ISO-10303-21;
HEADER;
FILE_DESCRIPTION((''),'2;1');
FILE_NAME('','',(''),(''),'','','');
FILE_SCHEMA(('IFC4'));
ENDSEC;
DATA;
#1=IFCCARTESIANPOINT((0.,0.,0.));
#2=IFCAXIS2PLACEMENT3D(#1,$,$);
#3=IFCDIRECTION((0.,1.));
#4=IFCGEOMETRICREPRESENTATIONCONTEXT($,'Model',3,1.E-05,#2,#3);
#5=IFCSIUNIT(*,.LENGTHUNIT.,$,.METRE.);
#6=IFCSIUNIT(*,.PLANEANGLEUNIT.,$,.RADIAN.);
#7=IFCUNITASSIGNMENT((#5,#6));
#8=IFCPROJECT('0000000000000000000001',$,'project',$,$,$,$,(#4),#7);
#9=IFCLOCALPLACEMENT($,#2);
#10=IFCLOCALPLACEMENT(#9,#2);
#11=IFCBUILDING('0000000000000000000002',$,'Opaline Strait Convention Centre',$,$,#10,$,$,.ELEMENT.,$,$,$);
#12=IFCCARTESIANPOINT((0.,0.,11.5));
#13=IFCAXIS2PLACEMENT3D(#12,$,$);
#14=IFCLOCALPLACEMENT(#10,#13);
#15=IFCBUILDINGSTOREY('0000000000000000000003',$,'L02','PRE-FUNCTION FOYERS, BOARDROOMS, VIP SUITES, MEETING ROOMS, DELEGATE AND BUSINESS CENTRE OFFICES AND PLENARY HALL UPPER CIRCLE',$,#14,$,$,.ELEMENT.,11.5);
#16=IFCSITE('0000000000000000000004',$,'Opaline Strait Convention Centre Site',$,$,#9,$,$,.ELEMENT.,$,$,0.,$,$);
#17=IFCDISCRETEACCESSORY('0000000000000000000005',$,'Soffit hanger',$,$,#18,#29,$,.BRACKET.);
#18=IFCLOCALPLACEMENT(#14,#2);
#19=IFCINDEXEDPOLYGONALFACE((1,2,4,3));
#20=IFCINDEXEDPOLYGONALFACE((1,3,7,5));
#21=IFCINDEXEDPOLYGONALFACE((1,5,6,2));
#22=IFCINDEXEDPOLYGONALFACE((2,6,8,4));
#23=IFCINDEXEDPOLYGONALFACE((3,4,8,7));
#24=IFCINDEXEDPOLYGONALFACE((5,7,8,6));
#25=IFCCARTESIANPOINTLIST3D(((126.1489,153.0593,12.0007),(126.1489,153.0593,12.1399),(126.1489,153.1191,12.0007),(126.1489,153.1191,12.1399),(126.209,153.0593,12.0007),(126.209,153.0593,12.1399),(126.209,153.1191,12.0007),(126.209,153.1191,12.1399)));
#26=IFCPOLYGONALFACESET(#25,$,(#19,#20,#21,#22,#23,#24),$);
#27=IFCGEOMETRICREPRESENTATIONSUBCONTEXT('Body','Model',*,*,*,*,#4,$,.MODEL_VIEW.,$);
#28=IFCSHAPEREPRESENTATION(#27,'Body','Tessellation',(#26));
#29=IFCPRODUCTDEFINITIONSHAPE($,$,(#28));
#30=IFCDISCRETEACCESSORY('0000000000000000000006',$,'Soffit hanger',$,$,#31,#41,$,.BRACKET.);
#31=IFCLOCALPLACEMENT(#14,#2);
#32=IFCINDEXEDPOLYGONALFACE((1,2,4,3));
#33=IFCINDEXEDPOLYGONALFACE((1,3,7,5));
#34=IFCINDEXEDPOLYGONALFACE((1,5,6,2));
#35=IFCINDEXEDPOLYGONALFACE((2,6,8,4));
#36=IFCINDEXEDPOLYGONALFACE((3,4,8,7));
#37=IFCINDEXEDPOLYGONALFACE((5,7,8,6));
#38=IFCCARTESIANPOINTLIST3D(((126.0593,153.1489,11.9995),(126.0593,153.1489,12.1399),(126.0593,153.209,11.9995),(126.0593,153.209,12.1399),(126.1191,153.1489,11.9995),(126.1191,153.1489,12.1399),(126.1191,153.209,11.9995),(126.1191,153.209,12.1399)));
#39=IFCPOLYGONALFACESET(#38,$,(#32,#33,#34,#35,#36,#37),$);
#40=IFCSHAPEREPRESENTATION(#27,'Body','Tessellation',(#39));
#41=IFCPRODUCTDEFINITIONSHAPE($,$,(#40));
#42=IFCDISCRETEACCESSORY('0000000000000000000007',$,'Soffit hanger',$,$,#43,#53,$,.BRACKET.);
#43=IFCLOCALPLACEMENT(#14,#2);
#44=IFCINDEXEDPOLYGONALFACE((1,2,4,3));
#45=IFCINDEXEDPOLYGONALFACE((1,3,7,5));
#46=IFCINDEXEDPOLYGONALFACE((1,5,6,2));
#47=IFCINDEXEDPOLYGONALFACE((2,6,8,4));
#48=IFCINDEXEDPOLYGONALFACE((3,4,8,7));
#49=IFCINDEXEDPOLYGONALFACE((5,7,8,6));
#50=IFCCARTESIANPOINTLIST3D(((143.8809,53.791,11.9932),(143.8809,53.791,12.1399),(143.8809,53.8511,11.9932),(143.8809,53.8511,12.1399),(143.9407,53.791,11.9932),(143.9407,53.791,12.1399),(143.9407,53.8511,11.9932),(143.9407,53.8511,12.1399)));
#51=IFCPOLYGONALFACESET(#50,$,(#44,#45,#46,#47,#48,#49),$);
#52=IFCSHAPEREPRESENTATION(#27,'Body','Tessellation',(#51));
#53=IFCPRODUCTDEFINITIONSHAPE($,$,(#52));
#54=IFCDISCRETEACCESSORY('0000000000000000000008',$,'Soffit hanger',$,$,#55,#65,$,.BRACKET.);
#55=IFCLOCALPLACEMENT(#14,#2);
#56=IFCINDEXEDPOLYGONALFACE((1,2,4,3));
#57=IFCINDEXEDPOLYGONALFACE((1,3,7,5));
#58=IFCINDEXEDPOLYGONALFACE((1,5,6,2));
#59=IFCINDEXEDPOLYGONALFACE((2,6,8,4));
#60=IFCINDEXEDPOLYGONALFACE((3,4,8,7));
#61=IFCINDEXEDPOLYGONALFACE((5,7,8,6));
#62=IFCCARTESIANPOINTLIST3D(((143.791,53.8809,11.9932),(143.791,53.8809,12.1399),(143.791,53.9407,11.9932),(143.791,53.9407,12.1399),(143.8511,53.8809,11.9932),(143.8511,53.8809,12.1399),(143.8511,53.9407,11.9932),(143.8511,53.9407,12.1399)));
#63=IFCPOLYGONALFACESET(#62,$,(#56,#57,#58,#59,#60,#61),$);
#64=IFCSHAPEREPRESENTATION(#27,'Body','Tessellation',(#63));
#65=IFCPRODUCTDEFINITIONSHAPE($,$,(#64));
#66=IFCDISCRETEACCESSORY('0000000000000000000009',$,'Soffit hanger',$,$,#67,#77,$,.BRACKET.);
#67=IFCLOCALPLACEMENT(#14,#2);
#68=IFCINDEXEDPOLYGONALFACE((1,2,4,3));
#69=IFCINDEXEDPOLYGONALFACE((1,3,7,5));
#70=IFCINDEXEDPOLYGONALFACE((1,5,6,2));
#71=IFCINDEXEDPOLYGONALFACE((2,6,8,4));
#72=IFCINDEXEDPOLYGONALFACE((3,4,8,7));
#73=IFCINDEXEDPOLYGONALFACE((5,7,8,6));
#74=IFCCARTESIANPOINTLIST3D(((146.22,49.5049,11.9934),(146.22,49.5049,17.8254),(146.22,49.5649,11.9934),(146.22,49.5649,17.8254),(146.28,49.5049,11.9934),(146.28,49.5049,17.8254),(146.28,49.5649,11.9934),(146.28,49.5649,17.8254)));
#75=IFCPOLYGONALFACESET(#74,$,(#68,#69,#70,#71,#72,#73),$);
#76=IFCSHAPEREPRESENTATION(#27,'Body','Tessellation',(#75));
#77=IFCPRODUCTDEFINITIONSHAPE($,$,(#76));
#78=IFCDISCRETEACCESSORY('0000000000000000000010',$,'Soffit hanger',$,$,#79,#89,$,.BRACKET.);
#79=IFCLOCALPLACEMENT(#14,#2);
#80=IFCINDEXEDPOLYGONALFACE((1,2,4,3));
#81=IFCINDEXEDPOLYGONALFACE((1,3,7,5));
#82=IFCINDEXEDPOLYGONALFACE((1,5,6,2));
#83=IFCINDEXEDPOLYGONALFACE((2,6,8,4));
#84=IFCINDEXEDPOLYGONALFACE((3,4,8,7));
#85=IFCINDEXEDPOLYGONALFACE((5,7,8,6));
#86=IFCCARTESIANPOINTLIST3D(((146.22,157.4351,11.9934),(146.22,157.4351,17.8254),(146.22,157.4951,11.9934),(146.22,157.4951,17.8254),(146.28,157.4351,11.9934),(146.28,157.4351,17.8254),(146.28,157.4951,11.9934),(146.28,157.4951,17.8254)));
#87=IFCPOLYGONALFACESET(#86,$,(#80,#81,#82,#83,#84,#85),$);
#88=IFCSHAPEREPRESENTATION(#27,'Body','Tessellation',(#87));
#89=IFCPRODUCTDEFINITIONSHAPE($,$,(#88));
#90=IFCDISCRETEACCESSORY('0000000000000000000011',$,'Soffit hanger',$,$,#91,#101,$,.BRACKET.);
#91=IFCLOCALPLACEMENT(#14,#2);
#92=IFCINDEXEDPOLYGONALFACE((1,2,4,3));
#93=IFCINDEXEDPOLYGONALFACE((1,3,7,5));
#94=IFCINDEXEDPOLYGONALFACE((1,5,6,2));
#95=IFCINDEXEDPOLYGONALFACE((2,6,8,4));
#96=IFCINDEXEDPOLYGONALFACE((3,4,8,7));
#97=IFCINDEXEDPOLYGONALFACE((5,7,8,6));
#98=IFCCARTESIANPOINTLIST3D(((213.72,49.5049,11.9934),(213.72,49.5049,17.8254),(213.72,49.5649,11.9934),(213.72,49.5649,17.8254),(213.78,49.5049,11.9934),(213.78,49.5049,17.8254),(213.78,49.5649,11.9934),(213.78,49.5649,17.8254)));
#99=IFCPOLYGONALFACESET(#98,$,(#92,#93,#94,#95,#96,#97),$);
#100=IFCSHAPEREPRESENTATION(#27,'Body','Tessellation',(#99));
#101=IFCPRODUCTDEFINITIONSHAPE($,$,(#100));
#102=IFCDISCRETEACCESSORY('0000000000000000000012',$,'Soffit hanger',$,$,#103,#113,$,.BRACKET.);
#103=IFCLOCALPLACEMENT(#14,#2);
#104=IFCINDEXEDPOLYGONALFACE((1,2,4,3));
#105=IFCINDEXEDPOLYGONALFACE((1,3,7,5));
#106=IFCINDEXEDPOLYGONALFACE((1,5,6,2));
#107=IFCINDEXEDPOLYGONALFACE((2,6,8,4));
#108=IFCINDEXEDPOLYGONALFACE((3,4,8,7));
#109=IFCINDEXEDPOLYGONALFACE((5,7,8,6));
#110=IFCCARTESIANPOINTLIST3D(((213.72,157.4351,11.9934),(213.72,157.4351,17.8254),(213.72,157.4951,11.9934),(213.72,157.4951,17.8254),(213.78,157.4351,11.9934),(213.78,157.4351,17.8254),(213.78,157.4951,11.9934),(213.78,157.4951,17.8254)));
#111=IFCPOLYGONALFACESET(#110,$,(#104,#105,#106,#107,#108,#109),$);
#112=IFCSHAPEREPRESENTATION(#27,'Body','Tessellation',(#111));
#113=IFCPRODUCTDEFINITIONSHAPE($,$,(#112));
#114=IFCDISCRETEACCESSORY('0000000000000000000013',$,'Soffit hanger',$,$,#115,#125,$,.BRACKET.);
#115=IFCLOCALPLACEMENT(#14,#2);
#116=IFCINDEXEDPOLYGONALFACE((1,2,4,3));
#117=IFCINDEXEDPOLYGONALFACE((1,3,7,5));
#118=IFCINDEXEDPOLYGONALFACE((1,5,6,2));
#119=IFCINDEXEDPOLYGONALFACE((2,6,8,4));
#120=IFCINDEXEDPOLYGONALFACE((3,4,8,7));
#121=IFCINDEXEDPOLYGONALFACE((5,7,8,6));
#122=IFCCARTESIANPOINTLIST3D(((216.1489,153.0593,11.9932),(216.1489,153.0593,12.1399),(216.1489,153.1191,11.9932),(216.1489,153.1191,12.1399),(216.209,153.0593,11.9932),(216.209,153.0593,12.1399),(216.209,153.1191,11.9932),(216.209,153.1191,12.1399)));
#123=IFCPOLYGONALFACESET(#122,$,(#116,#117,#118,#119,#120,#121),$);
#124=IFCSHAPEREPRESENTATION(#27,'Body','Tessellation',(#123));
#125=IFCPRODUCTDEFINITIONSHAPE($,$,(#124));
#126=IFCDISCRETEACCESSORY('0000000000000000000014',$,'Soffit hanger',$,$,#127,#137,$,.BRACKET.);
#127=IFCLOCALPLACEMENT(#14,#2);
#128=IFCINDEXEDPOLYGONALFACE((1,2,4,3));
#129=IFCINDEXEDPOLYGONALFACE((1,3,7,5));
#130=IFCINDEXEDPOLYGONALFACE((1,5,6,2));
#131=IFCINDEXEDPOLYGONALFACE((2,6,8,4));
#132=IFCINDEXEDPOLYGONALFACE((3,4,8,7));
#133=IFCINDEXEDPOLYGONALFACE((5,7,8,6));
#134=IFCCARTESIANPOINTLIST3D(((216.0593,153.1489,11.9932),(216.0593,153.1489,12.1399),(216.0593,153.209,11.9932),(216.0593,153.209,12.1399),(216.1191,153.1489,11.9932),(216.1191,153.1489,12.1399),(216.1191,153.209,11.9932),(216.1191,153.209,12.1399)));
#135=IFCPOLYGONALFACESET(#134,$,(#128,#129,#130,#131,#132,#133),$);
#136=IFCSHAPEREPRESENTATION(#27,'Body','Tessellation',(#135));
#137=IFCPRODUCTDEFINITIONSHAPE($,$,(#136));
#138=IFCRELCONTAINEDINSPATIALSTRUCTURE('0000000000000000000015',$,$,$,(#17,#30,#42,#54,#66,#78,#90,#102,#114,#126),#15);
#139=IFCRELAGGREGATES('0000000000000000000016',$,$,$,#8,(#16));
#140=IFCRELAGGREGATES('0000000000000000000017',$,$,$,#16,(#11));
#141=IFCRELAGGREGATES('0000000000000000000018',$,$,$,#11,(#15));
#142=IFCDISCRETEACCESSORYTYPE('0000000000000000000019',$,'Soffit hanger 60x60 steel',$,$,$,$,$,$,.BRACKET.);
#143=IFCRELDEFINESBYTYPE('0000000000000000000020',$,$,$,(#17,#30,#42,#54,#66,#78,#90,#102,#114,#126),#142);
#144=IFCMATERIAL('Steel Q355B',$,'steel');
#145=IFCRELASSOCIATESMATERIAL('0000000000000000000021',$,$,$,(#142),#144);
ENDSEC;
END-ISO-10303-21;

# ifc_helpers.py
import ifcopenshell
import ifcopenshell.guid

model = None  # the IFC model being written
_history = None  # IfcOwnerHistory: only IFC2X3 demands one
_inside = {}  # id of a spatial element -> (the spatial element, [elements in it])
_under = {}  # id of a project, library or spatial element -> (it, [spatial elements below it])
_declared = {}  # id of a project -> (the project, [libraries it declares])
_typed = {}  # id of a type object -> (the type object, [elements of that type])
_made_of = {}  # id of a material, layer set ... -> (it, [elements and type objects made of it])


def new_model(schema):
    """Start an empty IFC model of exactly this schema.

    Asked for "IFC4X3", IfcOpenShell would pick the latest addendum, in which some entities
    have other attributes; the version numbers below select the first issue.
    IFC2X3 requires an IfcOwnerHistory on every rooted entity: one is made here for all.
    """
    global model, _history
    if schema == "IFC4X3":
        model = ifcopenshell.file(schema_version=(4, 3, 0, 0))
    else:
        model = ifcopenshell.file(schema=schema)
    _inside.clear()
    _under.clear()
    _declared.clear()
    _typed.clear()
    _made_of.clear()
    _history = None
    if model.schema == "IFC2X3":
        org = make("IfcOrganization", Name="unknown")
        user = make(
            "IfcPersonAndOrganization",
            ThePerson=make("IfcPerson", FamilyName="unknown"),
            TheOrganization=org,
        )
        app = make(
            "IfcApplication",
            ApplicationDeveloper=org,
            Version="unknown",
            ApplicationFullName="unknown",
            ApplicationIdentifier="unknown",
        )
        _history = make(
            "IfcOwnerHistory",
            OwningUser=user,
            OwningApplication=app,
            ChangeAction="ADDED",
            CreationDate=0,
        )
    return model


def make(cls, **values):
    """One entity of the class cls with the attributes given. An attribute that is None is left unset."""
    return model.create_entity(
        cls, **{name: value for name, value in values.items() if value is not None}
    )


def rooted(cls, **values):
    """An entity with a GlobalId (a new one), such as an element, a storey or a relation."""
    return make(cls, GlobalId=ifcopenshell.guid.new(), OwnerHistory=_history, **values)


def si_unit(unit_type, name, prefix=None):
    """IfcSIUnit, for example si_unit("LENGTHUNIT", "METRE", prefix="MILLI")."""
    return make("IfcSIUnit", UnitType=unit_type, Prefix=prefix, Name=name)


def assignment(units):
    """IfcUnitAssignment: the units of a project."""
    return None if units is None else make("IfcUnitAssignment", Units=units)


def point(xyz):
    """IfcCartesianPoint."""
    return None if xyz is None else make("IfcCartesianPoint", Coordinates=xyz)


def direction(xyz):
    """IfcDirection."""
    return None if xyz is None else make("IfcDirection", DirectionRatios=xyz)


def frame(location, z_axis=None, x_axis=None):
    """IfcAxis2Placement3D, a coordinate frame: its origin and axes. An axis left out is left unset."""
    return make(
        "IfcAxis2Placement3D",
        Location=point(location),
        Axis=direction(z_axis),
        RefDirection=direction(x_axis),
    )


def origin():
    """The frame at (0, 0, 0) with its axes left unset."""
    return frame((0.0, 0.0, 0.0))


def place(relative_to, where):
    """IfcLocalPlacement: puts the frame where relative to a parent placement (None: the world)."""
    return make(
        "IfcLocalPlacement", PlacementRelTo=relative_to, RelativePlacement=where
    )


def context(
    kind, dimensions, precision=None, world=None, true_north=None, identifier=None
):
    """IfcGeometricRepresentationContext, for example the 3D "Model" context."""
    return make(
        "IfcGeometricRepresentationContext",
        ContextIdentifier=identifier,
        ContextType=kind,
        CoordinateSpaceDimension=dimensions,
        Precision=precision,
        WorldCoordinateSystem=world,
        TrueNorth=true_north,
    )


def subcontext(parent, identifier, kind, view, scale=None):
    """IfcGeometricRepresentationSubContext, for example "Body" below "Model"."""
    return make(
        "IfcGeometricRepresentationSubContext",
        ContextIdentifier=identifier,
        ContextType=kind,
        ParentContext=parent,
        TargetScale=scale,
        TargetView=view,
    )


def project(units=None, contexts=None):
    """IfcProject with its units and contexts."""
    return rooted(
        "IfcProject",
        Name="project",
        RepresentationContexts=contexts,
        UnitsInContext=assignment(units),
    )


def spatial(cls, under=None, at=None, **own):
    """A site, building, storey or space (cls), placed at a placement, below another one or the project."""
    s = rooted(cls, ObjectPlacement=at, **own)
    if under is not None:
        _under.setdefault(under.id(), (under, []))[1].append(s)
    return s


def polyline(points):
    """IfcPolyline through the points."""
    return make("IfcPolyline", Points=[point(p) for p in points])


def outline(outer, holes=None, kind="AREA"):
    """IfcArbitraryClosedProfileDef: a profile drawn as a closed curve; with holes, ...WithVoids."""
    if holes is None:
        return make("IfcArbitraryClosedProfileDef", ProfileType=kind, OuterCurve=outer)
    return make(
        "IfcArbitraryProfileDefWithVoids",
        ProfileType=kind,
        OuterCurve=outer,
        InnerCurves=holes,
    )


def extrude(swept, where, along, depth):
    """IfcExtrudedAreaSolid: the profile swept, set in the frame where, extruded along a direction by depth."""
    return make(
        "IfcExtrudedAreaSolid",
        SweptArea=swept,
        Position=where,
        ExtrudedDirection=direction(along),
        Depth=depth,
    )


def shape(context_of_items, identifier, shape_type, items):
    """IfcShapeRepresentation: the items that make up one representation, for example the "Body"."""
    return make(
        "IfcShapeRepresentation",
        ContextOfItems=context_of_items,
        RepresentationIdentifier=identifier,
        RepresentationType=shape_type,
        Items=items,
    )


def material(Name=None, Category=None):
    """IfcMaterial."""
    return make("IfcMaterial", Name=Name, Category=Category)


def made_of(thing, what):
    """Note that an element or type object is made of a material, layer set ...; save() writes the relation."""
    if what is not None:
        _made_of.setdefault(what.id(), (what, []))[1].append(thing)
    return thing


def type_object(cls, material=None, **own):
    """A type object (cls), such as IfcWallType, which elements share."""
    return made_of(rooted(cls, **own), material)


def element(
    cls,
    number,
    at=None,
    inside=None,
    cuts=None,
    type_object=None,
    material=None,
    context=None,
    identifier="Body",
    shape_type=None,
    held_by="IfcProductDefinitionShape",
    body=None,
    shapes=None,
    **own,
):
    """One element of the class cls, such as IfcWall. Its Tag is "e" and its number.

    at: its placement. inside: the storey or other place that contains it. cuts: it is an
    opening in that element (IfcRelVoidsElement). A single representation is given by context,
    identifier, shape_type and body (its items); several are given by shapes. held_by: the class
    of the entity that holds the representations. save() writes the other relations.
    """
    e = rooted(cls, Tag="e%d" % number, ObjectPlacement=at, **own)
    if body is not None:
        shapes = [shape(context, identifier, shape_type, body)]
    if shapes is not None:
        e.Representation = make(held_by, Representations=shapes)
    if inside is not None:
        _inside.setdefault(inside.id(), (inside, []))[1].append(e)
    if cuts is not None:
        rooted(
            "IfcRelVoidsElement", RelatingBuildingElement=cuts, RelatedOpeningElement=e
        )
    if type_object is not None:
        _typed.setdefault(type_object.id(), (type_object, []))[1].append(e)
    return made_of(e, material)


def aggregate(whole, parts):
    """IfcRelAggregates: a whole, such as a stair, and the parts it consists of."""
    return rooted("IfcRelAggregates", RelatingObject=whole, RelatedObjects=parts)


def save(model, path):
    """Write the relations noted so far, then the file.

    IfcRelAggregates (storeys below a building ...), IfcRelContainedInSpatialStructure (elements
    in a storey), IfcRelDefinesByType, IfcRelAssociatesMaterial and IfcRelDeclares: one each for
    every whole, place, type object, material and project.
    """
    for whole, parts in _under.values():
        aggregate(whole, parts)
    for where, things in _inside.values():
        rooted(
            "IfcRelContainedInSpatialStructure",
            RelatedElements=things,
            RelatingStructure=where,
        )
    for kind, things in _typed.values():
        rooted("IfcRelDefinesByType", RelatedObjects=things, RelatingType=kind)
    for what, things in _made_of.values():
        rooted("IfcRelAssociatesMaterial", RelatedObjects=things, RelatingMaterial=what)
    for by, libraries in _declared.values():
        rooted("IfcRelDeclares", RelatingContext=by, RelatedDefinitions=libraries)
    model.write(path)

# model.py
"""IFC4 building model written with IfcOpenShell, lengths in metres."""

from ifc_helpers import new_model, si_unit, direction, frame, origin, place, context, subcontext, project, spatial, polyline, outline, extrude, material, type_object, element, save


model = new_model("IFC4")

# Units and contexts
model_context = context("Model", 3, precision=1e-05, world=origin(), true_north=direction((0.0, 1.0)))
body_context = subcontext(model_context, "Body", "Model", "MODEL_VIEW")
ifc_project = project(units=[si_unit("LENGTHUNIT", "METRE"), si_unit("PLANEANGLEUNIT", "RADIAN")], contexts=[model_context])

# Site, building, storey
site_placement = place(None, origin())
site = spatial("IfcSite", under=ifc_project, at=site_placement, Name="Opaline Strait Convention Centre Site", CompositionType="ELEMENT", RefElevation=0.0)
building_placement = place(site_placement, origin())
building = spatial("IfcBuilding", under=site, at=building_placement, Name="Opaline Strait Convention Centre", CompositionType="ELEMENT")
storey_placement = place(building_placement, frame((0.0, 0.0, 11.5)))
storey = spatial("IfcBuildingStorey", under=building, at=storey_placement, Name="L02", Description="PRE-FUNCTION FOYERS, BOARDROOMS, VIP SUITES, MEETING ROOMS, DELEGATE AND BUSINESS CENTRE OFFICES AND PLENARY HALL UPPER CIRCLE", CompositionType="ELEMENT", Elevation=11.5)

# Discrete accessories
ifc_material = material(Name="Steel Q355B", Category="steel")
discrete_accessory_type = type_object("IfcDiscreteAccessoryType", Name="Soffit hanger 60x60 steel", PredefinedType="BRACKET", material=ifc_material)
discrete_accessory_1_placement = place(storey_placement, frame((0.0, 0.0, 12.0007)))
element("IfcDiscreteAccessory", 1, at=discrete_accessory_1_placement, inside=storey, type_object=discrete_accessory_type, Name="Soffit hanger", PredefinedType="BRACKET", context=body_context, shape_type="SweptSolid", body=[
    extrude(outline(polyline([(126.1489, 153.0593), (126.209, 153.0593), (126.209, 153.1191), (126.1489, 153.1191), (126.1489, 153.0593)])), origin(), (0.0, 0.0, 1.0), 0.1392),
])
discrete_accessory_2_placement = place(storey_placement, frame((0.0, 0.0, 11.9995)))
element("IfcDiscreteAccessory", 2, at=discrete_accessory_2_placement, inside=storey, type_object=discrete_accessory_type, Name="Soffit hanger", PredefinedType="BRACKET", context=body_context, shape_type="SweptSolid", body=[
    extrude(outline(polyline([(126.0593, 153.1489), (126.1191, 153.1489), (126.1191, 153.209), (126.0593, 153.209), (126.0593, 153.1489)])), origin(), (0.0, 0.0, 1.0), 0.1404),
])
discrete_accessory_3_placement = place(storey_placement, frame((0.0, 0.0, 11.9932)))
element("IfcDiscreteAccessory", 3, at=discrete_accessory_3_placement, inside=storey, type_object=discrete_accessory_type, Name="Soffit hanger", PredefinedType="BRACKET", context=body_context, shape_type="SweptSolid", body=[
    extrude(outline(polyline([(143.8809, 53.791), (143.9407, 53.791), (143.9407, 53.8511), (143.8809, 53.8511), (143.8809, 53.791)])), origin(), (0.0, 0.0, 1.0), 0.1467),
])
discrete_accessory_4_placement = place(storey_placement, frame((0.0, 0.0, 11.9932)))
element("IfcDiscreteAccessory", 4, at=discrete_accessory_4_placement, inside=storey, type_object=discrete_accessory_type, Name="Soffit hanger", PredefinedType="BRACKET", context=body_context, shape_type="SweptSolid", body=[
    extrude(outline(polyline([(143.791, 53.8809), (143.8511, 53.8809), (143.8511, 53.9407), (143.791, 53.9407), (143.791, 53.8809)])), origin(), (0.0, 0.0, 1.0), 0.1467),
])
discrete_accessory_5_placement = place(storey_placement, frame((0.0, 0.0, 11.9934)))
element("IfcDiscreteAccessory", 5, at=discrete_accessory_5_placement, inside=storey, type_object=discrete_accessory_type, Name="Soffit hanger", PredefinedType="BRACKET", context=body_context, shape_type="SweptSolid", body=[
    extrude(outline(polyline([(146.22, 49.5049), (146.28, 49.5049), (146.28, 49.5649), (146.22, 49.5649), (146.22, 49.5049)])), origin(), (0.0, 0.0, 1.0), 5.832),
])
discrete_accessory_6_placement = place(storey_placement, frame((0.0, 0.0, 11.9934)))
element("IfcDiscreteAccessory", 6, at=discrete_accessory_6_placement, inside=storey, type_object=discrete_accessory_type, Name="Soffit hanger", PredefinedType="BRACKET", context=body_context, shape_type="SweptSolid", body=[
    extrude(outline(polyline([(146.22, 157.4351), (146.28, 157.4351), (146.28, 157.4951), (146.22, 157.4951), (146.22, 157.4351)])), origin(), (0.0, 0.0, 1.0), 5.832),
])
discrete_accessory_7_placement = place(storey_placement, frame((0.0, 0.0, 11.9934)))
element("IfcDiscreteAccessory", 7, at=discrete_accessory_7_placement, inside=storey, type_object=discrete_accessory_type, Name="Soffit hanger", PredefinedType="BRACKET", context=body_context, shape_type="SweptSolid", body=[
    extrude(outline(polyline([(213.72, 49.5049), (213.78, 49.5049), (213.78, 49.5649), (213.72, 49.5649), (213.72, 49.5049)])), origin(), (0.0, 0.0, 1.0), 5.832),
])
discrete_accessory_8_placement = place(storey_placement, frame((0.0, 0.0, 11.9934)))
element("IfcDiscreteAccessory", 8, at=discrete_accessory_8_placement, inside=storey, type_object=discrete_accessory_type, Name="Soffit hanger", PredefinedType="BRACKET", context=body_context, shape_type="SweptSolid", body=[
    extrude(outline(polyline([(213.72, 157.4351), (213.78, 157.4351), (213.78, 157.4951), (213.72, 157.4951), (213.72, 157.4351)])), origin(), (0.0, 0.0, 1.0), 5.832),
])
discrete_accessory_9_placement = place(storey_placement, frame((0.0, 0.0, 11.9932)))
element("IfcDiscreteAccessory", 9, at=discrete_accessory_9_placement, inside=storey, type_object=discrete_accessory_type, Name="Soffit hanger", PredefinedType="BRACKET", context=body_context, shape_type="SweptSolid", body=[
    extrude(outline(polyline([(216.1489, 153.0593), (216.209, 153.0593), (216.209, 153.1191), (216.1489, 153.1191), (216.1489, 153.0593)])), origin(), (0.0, 0.0, 1.0), 0.1467),
])
discrete_accessory_10_placement = place(storey_placement, frame((0.0, 0.0, 11.9932)))
element("IfcDiscreteAccessory", 10, at=discrete_accessory_10_placement, inside=storey, type_object=discrete_accessory_type, Name="Soffit hanger", PredefinedType="BRACKET", context=body_context, shape_type="SweptSolid", body=[
    extrude(outline(polyline([(216.0593, 153.1489), (216.1191, 153.1489), (216.1191, 153.209), (216.0593, 153.209), (216.0593, 153.1489)])), origin(), (0.0, 0.0, 1.0), 0.1467),
])

save(model, "model.ifc")
